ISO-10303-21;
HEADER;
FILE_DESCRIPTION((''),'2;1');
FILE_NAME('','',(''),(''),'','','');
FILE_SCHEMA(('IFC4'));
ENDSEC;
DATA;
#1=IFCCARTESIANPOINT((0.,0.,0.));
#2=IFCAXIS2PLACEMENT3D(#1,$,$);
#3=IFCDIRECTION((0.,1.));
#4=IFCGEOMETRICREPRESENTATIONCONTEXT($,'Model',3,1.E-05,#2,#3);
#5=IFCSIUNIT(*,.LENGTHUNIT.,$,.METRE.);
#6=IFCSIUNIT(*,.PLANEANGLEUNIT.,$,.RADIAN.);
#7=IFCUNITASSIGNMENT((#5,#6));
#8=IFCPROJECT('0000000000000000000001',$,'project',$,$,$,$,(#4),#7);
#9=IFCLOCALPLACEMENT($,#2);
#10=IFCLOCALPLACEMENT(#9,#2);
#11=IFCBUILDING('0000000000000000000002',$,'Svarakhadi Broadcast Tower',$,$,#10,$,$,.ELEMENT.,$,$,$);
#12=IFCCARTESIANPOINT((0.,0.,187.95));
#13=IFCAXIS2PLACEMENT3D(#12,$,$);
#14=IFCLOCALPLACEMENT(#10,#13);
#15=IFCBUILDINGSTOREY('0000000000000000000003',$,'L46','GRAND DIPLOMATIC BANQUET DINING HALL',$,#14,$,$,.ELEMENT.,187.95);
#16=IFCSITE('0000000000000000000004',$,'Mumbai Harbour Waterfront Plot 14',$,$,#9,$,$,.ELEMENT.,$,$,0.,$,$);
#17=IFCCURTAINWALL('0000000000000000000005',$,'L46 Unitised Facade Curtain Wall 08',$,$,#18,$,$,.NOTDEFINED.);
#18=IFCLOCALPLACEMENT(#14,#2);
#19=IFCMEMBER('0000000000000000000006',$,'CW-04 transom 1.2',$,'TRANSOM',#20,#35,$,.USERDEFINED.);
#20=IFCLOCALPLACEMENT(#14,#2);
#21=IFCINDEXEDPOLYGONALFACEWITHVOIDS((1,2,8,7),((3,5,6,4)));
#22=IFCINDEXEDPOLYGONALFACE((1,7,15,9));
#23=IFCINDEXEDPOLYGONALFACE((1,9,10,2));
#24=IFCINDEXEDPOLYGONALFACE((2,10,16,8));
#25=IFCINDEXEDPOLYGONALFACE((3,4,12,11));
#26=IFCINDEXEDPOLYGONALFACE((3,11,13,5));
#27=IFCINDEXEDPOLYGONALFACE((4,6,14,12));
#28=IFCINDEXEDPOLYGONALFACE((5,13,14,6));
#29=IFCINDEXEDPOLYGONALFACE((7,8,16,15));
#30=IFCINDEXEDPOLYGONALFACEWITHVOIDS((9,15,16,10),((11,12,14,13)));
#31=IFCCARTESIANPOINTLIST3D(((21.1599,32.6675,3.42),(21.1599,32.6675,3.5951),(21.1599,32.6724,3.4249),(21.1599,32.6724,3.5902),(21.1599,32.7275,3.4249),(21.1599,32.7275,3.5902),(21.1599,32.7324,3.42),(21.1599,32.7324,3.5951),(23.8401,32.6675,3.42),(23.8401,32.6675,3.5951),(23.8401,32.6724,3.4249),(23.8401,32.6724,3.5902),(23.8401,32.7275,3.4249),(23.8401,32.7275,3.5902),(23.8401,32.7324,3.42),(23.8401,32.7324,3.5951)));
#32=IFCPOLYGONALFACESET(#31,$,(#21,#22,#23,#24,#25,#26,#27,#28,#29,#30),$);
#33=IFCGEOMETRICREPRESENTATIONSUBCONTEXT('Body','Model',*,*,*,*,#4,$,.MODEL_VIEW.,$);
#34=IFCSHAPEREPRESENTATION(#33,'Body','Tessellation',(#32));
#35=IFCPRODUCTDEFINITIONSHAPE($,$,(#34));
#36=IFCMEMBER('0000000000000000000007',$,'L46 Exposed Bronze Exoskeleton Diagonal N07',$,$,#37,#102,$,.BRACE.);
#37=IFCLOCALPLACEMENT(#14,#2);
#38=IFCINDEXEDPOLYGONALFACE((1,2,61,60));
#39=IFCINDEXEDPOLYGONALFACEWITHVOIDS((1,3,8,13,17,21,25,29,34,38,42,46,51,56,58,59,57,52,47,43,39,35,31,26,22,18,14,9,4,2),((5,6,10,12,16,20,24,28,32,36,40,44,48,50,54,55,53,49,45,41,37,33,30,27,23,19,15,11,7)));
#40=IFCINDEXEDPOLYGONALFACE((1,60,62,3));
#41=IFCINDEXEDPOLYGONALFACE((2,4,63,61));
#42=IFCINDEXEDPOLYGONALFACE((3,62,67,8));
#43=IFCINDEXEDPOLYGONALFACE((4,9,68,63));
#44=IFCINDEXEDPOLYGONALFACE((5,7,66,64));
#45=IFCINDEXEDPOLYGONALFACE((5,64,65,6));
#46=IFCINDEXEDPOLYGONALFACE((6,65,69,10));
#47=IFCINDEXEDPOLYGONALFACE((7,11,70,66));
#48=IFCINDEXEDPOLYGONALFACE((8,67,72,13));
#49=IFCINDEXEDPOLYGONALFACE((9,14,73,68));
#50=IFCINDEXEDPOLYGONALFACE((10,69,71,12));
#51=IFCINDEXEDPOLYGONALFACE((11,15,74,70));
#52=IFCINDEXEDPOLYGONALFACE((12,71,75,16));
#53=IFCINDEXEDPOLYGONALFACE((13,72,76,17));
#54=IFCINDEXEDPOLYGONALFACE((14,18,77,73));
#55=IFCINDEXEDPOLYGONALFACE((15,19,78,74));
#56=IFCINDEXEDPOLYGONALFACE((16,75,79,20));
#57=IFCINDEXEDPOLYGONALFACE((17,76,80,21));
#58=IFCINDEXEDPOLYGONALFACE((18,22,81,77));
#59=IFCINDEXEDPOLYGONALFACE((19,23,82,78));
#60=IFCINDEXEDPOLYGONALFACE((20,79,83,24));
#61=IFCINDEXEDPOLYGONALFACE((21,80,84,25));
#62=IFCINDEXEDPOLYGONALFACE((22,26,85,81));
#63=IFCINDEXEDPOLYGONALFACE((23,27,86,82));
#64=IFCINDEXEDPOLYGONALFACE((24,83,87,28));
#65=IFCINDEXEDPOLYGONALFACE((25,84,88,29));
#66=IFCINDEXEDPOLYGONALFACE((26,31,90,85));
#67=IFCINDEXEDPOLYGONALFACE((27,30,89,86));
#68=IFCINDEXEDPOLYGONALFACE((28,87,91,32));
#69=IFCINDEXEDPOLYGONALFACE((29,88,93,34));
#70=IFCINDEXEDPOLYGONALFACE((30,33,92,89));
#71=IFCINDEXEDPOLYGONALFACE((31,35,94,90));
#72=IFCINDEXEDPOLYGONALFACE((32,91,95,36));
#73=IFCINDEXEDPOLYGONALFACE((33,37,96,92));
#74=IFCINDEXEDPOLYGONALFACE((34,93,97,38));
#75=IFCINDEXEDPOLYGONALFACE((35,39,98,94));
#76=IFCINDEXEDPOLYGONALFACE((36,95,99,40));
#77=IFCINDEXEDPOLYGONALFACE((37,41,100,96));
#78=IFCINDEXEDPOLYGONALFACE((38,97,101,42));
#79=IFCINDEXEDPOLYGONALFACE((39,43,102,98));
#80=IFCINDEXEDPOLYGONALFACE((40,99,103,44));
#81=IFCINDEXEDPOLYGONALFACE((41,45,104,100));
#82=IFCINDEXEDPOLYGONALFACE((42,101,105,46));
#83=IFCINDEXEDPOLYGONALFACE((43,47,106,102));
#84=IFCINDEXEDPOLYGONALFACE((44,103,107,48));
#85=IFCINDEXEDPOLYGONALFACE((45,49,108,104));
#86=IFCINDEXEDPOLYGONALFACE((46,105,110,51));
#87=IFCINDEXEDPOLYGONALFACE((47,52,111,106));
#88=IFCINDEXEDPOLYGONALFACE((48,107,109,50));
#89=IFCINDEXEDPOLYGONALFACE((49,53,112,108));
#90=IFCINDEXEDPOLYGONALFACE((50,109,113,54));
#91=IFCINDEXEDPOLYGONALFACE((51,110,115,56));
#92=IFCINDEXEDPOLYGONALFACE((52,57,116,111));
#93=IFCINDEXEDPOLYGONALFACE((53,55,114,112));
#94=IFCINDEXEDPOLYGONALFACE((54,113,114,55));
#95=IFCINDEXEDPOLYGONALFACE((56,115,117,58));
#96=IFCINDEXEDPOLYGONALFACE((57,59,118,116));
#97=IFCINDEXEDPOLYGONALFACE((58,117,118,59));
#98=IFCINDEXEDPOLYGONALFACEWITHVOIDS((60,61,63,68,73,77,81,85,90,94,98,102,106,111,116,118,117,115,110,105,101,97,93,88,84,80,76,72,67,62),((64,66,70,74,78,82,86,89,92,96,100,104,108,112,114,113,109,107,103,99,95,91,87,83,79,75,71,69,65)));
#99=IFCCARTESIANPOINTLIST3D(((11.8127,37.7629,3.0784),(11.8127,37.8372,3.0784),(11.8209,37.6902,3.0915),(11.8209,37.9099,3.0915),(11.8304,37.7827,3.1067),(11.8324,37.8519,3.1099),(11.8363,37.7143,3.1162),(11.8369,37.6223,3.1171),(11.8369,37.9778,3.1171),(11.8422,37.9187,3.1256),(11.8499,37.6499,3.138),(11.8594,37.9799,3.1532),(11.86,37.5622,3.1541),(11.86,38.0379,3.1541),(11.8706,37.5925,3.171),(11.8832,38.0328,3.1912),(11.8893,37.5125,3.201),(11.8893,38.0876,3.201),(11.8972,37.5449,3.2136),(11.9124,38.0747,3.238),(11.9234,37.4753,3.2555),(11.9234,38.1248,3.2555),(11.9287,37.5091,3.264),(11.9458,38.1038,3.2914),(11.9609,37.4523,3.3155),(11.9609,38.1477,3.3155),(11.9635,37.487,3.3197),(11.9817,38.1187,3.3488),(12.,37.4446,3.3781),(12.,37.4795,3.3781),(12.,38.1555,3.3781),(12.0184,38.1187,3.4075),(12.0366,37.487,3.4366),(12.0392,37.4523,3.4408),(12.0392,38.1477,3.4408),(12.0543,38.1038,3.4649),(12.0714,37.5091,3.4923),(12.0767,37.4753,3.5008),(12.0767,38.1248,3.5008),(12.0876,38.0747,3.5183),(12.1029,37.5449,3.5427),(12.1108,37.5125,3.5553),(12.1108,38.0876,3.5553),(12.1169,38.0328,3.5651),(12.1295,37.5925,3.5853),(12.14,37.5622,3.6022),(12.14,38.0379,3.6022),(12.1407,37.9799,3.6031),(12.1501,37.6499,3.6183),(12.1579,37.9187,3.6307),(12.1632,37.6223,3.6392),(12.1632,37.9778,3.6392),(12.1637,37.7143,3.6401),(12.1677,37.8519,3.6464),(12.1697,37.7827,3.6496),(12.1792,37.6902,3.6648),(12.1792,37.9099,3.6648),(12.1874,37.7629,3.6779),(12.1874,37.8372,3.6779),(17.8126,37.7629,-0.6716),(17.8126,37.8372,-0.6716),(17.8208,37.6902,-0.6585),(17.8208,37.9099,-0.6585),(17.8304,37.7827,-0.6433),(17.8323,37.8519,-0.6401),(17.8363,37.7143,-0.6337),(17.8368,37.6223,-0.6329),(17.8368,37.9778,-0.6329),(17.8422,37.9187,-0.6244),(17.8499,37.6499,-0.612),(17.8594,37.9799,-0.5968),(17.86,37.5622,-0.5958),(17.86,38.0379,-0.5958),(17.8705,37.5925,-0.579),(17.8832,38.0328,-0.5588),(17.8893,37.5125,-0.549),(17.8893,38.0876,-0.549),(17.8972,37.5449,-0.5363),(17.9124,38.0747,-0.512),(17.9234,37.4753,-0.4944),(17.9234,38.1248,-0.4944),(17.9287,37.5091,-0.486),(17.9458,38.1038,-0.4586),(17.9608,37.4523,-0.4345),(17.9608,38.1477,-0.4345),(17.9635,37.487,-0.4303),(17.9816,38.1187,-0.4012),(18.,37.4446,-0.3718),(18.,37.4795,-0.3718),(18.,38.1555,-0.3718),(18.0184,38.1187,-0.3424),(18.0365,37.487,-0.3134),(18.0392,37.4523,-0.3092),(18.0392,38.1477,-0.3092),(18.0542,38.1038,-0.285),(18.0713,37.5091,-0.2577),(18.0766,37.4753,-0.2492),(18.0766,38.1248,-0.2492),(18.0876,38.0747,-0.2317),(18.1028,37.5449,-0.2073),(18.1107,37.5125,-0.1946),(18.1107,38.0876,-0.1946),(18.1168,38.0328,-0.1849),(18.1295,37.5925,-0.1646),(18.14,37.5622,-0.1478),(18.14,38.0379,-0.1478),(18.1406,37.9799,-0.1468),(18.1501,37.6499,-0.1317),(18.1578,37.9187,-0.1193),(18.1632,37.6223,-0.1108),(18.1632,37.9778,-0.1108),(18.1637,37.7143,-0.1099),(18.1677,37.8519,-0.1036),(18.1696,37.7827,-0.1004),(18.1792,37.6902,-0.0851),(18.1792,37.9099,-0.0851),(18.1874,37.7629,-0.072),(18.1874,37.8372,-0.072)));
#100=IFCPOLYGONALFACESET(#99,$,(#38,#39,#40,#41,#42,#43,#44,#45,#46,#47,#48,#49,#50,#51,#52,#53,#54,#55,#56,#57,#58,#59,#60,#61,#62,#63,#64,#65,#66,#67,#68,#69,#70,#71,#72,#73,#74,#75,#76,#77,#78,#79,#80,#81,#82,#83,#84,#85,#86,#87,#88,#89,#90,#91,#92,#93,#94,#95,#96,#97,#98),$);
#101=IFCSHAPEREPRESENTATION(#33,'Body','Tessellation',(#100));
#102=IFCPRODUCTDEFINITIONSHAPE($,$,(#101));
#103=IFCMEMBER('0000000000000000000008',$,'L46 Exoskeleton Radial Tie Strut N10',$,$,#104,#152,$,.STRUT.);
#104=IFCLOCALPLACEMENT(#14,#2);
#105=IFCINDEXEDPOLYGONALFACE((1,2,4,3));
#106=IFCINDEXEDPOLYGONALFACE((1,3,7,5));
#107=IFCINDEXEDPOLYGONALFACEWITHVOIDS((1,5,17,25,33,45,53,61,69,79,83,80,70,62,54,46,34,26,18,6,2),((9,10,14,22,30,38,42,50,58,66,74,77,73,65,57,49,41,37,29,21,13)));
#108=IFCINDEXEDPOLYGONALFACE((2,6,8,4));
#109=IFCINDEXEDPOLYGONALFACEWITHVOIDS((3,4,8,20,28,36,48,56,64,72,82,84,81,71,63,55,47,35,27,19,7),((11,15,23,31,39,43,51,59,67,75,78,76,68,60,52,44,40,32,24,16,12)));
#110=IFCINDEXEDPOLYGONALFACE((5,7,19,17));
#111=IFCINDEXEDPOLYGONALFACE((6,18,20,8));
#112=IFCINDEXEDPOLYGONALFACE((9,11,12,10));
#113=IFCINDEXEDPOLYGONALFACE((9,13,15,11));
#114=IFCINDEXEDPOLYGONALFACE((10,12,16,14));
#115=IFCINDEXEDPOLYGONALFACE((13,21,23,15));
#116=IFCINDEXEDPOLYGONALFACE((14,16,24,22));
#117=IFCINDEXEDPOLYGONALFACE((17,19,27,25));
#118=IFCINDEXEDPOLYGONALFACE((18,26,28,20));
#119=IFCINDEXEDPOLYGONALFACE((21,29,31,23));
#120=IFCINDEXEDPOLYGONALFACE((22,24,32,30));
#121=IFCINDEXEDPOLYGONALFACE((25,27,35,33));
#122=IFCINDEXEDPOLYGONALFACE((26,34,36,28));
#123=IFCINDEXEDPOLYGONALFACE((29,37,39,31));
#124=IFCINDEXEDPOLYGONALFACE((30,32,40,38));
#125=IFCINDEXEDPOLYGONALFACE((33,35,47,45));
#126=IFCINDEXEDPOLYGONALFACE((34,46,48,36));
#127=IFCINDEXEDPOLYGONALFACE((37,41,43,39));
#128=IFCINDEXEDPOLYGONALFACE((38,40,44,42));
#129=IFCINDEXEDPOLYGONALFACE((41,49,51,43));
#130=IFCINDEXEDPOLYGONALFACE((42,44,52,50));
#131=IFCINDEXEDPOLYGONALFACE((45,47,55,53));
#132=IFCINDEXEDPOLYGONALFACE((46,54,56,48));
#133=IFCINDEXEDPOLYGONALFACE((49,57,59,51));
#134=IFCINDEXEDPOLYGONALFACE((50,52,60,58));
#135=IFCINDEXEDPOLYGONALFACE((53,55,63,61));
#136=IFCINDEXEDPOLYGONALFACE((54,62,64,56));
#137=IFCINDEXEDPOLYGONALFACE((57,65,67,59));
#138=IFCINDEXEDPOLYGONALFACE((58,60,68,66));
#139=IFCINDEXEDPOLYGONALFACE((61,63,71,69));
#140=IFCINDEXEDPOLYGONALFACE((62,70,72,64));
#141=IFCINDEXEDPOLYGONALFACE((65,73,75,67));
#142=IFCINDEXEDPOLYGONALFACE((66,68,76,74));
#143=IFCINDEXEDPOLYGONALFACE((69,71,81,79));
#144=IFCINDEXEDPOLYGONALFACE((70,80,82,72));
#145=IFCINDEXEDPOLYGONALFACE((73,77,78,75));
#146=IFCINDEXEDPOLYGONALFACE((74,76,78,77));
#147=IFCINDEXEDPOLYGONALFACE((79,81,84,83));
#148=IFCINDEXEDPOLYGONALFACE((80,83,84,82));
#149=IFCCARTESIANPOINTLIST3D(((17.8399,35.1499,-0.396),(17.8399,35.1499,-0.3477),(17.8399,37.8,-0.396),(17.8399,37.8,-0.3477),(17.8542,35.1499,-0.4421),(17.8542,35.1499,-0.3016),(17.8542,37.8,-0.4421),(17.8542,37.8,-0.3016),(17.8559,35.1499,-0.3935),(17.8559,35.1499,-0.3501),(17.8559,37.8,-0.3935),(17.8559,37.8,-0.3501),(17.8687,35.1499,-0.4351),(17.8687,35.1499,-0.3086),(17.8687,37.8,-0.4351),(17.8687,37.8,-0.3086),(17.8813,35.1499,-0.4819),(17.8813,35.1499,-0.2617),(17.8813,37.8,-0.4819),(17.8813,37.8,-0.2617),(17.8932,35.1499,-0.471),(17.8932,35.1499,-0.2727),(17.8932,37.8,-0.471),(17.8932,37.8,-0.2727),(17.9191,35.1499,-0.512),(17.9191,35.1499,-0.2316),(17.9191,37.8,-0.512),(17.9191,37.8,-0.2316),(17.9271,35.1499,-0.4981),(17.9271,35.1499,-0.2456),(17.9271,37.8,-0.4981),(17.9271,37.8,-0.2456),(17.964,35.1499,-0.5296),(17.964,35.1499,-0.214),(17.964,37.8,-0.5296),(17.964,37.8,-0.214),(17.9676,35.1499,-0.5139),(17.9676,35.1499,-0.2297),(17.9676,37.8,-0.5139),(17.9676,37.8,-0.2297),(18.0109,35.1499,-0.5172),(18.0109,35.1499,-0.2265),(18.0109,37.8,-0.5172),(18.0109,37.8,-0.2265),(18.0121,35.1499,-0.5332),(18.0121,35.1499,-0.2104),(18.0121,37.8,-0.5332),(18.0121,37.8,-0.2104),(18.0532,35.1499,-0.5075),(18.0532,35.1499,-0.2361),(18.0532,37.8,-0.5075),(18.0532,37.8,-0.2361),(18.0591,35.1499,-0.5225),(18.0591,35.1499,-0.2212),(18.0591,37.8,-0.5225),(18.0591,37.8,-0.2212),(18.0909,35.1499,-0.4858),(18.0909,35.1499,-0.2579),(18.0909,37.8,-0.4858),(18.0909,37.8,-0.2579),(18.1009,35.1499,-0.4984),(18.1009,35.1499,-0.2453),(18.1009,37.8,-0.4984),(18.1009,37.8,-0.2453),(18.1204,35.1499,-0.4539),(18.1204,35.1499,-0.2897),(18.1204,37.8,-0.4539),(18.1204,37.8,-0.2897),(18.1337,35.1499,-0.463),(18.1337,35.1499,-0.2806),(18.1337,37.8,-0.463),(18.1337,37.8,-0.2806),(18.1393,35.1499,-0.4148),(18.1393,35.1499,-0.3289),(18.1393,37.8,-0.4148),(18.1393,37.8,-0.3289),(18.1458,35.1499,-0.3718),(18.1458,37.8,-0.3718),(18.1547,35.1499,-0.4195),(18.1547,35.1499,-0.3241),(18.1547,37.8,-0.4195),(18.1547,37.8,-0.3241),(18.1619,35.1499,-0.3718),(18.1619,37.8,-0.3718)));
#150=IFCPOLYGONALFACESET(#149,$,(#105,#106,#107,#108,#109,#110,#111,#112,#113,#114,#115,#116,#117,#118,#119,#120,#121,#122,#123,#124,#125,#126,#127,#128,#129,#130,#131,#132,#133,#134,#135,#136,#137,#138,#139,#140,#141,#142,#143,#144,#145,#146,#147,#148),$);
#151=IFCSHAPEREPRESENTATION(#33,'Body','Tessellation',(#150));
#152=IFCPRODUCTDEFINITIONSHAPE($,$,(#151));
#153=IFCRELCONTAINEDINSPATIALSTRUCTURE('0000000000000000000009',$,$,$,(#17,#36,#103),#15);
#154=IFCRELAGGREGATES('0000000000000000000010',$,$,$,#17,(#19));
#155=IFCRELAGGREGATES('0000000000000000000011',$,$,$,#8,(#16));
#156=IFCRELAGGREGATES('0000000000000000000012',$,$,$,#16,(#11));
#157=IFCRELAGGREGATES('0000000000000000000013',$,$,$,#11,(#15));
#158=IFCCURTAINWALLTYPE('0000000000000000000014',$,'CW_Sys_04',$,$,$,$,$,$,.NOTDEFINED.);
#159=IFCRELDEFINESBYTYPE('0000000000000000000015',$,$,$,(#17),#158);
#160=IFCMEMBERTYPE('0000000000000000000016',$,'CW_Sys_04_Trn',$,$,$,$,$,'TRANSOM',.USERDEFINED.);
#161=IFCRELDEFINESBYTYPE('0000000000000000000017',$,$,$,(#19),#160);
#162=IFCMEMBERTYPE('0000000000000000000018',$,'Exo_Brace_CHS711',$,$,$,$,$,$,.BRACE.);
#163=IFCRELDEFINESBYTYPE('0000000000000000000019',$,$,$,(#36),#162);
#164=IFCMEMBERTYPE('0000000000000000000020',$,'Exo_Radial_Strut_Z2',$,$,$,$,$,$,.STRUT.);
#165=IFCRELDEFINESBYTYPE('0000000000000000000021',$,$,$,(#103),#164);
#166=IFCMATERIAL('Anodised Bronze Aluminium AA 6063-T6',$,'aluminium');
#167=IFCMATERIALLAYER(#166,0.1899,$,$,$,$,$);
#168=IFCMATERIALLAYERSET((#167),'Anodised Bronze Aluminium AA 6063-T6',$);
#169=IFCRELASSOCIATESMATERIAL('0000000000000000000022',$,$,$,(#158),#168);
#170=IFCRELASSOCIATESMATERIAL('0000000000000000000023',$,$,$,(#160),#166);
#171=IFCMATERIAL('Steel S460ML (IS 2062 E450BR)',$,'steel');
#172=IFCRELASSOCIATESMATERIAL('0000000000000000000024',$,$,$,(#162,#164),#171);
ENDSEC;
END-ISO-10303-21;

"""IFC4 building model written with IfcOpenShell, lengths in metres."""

from ifc_helpers import new_model, si_unit, direction, frame, origin, origin_2d, place, context, subcontext, project, spatial, hollow_rectangle, hollow_circle, extrude, material, layer, layer_set, material_profile, profile_set, type_object, element, aggregate, save


model = new_model("IFC4")

# Units and contexts
model_context = context("Model", 3, precision=1e-05, world=origin(), true_north=direction((0.0, 1.0)))
body_context = subcontext(model_context, "Body", "Model", "MODEL_VIEW")
ifc_project = project(units=[si_unit("LENGTHUNIT", "METRE"), si_unit("PLANEANGLEUNIT", "RADIAN")], contexts=[model_context])

# Site, building, storey
site_placement = place(None, origin())
site = spatial("IfcSite", under=ifc_project, at=site_placement, Name="Mumbai Harbour Waterfront Plot 14", CompositionType="ELEMENT", RefElevation=0.0)
building_placement = place(site_placement, origin())
building = spatial("IfcBuilding", under=site, at=building_placement, Name="Svarakhadi Broadcast Tower", CompositionType="ELEMENT")
storey_placement = place(building_placement, frame((0.0, 0.0, 187.95)))
storey = spatial("IfcBuildingStorey", under=building, at=storey_placement, Name="L46", Description="GRAND DIPLOMATIC BANQUET DINING HALL", CompositionType="ELEMENT", Elevation=187.95)

# Shared definitions
ifc_material_1 = material(Name="Anodised Bronze Aluminium AA 6063-T6", Category="aluminium")
ifc_layer_1 = layer(ifc_material_1, 0.1899)
ifc_layer_set_1 = layer_set([ifc_layer_1], Name="Anodised Bronze Aluminium AA 6063-T6")
curtain_wall_type = type_object("IfcCurtainWallType", Name="CW_Sys_04", PredefinedType="NOTDEFINED", material=ifc_layer_set_1)

# Curtain wall
curtain_wall_1_placement = place(storey_placement, origin())
curtain_wall_1 = element("IfcCurtainWall", 1, at=curtain_wall_1_placement, inside=storey, type_object=curtain_wall_type, Name="L46 Unitised Facade Curtain Wall 08", PredefinedType="NOTDEFINED")

# Member
ifc_material_profile_1 = material_profile(ifc_material_1, hollow_rectangle(XDim=0.0649, YDim=0.175, WallThickness=0.0049, at=origin_2d()), Name="ALU TRANSOM 175x65x5")
ifc_profile_set_1 = profile_set([ifc_material_profile_1], Name="Anodised Bronze Aluminium AA 6063-T6")
member_type_1 = type_object("IfcMemberType", Name="CW_Sys_04_Trn", ElementType="TRANSOM", PredefinedType="USERDEFINED", material=ifc_profile_set_1)
member_1_placement = place(storey_placement, frame((21.1599, 32.7, 3.5076), z_axis=(1.0, 0.0, 0.0), x_axis=(0.0, 1.0, 0.0)))
member_1 = element("IfcMember", 2, at=member_1_placement, type_object=member_type_1, Name="CW-04 transom 1.2", ObjectType="TRANSOM", PredefinedType="USERDEFINED", context=body_context, shape_type="SweptSolid", body=[
    extrude(hollow_rectangle(XDim=0.0649, YDim=0.175, WallThickness=0.0049, at=origin_2d()), origin(), (0.0, 0.0, 1.0), 2.6802),
])

# Members
ifc_material_2 = material(Name="Steel S460ML (IS 2062 E450BR)", Category="steel")
ifc_material_profile_2 = material_profile(ifc_material_2, hollow_circle(Radius=0.3555, WallThickness=0.0349, at=origin_2d()), Name="CHS 711x35")
ifc_profile_set_2 = profile_set([ifc_material_profile_2], Name="Steel S460ML (IS 2062 E450BR)")
member_type_2 = type_object("IfcMemberType", Name="Exo_Brace_CHS711", PredefinedType="BRACE", material=ifc_profile_set_2)
member_2_placement = place(storey_placement, frame((18.0, 37.8, -0.3718), z_axis=(-0.847998, 0.0, 0.529999), x_axis=(0.0, -1.0, 0.0)))
element("IfcMember", 3, at=member_2_placement, inside=storey, type_object=member_type_2, Name="L46 Exposed Bronze Exoskeleton Diagonal N07", PredefinedType="BRACE", context=body_context, shape_type="SweptSolid", body=[
    extrude(hollow_circle(Radius=0.3555, WallThickness=0.0349, at=origin_2d()), origin(), (0.0, 0.0, 1.0), 7.0754),
])
ifc_material_profile_3 = material_profile(ifc_material_2, hollow_circle(Radius=0.1619, WallThickness=0.0161, at=origin_2d()), Name="CHS 323.9x16")
ifc_profile_set_3 = profile_set([ifc_material_profile_3], Name="Steel S460ML (IS 2062 E450BR)")
member_type_3 = type_object("IfcMemberType", Name="Exo_Radial_Strut_Z2", PredefinedType="STRUT", material=ifc_profile_set_3)
member_3_placement = place(storey_placement, frame((18.0, 37.8, -0.3718), z_axis=(0.0, -1.0, 0.0), x_axis=(1.0, 0.0, 0.0)))
element("IfcMember", 4, at=member_3_placement, inside=storey, type_object=member_type_3, Name="L46 Exoskeleton Radial Tie Strut N10", PredefinedType="STRUT", context=body_context, shape_type="SweptSolid", body=[
    extrude(hollow_circle(Radius=0.1619, WallThickness=0.0161, at=origin_2d()), origin(), (0.0, 0.0, 1.0), 2.6501),
])

aggregate(curtain_wall_1, [member_1])

save(model, "model.ifc")
